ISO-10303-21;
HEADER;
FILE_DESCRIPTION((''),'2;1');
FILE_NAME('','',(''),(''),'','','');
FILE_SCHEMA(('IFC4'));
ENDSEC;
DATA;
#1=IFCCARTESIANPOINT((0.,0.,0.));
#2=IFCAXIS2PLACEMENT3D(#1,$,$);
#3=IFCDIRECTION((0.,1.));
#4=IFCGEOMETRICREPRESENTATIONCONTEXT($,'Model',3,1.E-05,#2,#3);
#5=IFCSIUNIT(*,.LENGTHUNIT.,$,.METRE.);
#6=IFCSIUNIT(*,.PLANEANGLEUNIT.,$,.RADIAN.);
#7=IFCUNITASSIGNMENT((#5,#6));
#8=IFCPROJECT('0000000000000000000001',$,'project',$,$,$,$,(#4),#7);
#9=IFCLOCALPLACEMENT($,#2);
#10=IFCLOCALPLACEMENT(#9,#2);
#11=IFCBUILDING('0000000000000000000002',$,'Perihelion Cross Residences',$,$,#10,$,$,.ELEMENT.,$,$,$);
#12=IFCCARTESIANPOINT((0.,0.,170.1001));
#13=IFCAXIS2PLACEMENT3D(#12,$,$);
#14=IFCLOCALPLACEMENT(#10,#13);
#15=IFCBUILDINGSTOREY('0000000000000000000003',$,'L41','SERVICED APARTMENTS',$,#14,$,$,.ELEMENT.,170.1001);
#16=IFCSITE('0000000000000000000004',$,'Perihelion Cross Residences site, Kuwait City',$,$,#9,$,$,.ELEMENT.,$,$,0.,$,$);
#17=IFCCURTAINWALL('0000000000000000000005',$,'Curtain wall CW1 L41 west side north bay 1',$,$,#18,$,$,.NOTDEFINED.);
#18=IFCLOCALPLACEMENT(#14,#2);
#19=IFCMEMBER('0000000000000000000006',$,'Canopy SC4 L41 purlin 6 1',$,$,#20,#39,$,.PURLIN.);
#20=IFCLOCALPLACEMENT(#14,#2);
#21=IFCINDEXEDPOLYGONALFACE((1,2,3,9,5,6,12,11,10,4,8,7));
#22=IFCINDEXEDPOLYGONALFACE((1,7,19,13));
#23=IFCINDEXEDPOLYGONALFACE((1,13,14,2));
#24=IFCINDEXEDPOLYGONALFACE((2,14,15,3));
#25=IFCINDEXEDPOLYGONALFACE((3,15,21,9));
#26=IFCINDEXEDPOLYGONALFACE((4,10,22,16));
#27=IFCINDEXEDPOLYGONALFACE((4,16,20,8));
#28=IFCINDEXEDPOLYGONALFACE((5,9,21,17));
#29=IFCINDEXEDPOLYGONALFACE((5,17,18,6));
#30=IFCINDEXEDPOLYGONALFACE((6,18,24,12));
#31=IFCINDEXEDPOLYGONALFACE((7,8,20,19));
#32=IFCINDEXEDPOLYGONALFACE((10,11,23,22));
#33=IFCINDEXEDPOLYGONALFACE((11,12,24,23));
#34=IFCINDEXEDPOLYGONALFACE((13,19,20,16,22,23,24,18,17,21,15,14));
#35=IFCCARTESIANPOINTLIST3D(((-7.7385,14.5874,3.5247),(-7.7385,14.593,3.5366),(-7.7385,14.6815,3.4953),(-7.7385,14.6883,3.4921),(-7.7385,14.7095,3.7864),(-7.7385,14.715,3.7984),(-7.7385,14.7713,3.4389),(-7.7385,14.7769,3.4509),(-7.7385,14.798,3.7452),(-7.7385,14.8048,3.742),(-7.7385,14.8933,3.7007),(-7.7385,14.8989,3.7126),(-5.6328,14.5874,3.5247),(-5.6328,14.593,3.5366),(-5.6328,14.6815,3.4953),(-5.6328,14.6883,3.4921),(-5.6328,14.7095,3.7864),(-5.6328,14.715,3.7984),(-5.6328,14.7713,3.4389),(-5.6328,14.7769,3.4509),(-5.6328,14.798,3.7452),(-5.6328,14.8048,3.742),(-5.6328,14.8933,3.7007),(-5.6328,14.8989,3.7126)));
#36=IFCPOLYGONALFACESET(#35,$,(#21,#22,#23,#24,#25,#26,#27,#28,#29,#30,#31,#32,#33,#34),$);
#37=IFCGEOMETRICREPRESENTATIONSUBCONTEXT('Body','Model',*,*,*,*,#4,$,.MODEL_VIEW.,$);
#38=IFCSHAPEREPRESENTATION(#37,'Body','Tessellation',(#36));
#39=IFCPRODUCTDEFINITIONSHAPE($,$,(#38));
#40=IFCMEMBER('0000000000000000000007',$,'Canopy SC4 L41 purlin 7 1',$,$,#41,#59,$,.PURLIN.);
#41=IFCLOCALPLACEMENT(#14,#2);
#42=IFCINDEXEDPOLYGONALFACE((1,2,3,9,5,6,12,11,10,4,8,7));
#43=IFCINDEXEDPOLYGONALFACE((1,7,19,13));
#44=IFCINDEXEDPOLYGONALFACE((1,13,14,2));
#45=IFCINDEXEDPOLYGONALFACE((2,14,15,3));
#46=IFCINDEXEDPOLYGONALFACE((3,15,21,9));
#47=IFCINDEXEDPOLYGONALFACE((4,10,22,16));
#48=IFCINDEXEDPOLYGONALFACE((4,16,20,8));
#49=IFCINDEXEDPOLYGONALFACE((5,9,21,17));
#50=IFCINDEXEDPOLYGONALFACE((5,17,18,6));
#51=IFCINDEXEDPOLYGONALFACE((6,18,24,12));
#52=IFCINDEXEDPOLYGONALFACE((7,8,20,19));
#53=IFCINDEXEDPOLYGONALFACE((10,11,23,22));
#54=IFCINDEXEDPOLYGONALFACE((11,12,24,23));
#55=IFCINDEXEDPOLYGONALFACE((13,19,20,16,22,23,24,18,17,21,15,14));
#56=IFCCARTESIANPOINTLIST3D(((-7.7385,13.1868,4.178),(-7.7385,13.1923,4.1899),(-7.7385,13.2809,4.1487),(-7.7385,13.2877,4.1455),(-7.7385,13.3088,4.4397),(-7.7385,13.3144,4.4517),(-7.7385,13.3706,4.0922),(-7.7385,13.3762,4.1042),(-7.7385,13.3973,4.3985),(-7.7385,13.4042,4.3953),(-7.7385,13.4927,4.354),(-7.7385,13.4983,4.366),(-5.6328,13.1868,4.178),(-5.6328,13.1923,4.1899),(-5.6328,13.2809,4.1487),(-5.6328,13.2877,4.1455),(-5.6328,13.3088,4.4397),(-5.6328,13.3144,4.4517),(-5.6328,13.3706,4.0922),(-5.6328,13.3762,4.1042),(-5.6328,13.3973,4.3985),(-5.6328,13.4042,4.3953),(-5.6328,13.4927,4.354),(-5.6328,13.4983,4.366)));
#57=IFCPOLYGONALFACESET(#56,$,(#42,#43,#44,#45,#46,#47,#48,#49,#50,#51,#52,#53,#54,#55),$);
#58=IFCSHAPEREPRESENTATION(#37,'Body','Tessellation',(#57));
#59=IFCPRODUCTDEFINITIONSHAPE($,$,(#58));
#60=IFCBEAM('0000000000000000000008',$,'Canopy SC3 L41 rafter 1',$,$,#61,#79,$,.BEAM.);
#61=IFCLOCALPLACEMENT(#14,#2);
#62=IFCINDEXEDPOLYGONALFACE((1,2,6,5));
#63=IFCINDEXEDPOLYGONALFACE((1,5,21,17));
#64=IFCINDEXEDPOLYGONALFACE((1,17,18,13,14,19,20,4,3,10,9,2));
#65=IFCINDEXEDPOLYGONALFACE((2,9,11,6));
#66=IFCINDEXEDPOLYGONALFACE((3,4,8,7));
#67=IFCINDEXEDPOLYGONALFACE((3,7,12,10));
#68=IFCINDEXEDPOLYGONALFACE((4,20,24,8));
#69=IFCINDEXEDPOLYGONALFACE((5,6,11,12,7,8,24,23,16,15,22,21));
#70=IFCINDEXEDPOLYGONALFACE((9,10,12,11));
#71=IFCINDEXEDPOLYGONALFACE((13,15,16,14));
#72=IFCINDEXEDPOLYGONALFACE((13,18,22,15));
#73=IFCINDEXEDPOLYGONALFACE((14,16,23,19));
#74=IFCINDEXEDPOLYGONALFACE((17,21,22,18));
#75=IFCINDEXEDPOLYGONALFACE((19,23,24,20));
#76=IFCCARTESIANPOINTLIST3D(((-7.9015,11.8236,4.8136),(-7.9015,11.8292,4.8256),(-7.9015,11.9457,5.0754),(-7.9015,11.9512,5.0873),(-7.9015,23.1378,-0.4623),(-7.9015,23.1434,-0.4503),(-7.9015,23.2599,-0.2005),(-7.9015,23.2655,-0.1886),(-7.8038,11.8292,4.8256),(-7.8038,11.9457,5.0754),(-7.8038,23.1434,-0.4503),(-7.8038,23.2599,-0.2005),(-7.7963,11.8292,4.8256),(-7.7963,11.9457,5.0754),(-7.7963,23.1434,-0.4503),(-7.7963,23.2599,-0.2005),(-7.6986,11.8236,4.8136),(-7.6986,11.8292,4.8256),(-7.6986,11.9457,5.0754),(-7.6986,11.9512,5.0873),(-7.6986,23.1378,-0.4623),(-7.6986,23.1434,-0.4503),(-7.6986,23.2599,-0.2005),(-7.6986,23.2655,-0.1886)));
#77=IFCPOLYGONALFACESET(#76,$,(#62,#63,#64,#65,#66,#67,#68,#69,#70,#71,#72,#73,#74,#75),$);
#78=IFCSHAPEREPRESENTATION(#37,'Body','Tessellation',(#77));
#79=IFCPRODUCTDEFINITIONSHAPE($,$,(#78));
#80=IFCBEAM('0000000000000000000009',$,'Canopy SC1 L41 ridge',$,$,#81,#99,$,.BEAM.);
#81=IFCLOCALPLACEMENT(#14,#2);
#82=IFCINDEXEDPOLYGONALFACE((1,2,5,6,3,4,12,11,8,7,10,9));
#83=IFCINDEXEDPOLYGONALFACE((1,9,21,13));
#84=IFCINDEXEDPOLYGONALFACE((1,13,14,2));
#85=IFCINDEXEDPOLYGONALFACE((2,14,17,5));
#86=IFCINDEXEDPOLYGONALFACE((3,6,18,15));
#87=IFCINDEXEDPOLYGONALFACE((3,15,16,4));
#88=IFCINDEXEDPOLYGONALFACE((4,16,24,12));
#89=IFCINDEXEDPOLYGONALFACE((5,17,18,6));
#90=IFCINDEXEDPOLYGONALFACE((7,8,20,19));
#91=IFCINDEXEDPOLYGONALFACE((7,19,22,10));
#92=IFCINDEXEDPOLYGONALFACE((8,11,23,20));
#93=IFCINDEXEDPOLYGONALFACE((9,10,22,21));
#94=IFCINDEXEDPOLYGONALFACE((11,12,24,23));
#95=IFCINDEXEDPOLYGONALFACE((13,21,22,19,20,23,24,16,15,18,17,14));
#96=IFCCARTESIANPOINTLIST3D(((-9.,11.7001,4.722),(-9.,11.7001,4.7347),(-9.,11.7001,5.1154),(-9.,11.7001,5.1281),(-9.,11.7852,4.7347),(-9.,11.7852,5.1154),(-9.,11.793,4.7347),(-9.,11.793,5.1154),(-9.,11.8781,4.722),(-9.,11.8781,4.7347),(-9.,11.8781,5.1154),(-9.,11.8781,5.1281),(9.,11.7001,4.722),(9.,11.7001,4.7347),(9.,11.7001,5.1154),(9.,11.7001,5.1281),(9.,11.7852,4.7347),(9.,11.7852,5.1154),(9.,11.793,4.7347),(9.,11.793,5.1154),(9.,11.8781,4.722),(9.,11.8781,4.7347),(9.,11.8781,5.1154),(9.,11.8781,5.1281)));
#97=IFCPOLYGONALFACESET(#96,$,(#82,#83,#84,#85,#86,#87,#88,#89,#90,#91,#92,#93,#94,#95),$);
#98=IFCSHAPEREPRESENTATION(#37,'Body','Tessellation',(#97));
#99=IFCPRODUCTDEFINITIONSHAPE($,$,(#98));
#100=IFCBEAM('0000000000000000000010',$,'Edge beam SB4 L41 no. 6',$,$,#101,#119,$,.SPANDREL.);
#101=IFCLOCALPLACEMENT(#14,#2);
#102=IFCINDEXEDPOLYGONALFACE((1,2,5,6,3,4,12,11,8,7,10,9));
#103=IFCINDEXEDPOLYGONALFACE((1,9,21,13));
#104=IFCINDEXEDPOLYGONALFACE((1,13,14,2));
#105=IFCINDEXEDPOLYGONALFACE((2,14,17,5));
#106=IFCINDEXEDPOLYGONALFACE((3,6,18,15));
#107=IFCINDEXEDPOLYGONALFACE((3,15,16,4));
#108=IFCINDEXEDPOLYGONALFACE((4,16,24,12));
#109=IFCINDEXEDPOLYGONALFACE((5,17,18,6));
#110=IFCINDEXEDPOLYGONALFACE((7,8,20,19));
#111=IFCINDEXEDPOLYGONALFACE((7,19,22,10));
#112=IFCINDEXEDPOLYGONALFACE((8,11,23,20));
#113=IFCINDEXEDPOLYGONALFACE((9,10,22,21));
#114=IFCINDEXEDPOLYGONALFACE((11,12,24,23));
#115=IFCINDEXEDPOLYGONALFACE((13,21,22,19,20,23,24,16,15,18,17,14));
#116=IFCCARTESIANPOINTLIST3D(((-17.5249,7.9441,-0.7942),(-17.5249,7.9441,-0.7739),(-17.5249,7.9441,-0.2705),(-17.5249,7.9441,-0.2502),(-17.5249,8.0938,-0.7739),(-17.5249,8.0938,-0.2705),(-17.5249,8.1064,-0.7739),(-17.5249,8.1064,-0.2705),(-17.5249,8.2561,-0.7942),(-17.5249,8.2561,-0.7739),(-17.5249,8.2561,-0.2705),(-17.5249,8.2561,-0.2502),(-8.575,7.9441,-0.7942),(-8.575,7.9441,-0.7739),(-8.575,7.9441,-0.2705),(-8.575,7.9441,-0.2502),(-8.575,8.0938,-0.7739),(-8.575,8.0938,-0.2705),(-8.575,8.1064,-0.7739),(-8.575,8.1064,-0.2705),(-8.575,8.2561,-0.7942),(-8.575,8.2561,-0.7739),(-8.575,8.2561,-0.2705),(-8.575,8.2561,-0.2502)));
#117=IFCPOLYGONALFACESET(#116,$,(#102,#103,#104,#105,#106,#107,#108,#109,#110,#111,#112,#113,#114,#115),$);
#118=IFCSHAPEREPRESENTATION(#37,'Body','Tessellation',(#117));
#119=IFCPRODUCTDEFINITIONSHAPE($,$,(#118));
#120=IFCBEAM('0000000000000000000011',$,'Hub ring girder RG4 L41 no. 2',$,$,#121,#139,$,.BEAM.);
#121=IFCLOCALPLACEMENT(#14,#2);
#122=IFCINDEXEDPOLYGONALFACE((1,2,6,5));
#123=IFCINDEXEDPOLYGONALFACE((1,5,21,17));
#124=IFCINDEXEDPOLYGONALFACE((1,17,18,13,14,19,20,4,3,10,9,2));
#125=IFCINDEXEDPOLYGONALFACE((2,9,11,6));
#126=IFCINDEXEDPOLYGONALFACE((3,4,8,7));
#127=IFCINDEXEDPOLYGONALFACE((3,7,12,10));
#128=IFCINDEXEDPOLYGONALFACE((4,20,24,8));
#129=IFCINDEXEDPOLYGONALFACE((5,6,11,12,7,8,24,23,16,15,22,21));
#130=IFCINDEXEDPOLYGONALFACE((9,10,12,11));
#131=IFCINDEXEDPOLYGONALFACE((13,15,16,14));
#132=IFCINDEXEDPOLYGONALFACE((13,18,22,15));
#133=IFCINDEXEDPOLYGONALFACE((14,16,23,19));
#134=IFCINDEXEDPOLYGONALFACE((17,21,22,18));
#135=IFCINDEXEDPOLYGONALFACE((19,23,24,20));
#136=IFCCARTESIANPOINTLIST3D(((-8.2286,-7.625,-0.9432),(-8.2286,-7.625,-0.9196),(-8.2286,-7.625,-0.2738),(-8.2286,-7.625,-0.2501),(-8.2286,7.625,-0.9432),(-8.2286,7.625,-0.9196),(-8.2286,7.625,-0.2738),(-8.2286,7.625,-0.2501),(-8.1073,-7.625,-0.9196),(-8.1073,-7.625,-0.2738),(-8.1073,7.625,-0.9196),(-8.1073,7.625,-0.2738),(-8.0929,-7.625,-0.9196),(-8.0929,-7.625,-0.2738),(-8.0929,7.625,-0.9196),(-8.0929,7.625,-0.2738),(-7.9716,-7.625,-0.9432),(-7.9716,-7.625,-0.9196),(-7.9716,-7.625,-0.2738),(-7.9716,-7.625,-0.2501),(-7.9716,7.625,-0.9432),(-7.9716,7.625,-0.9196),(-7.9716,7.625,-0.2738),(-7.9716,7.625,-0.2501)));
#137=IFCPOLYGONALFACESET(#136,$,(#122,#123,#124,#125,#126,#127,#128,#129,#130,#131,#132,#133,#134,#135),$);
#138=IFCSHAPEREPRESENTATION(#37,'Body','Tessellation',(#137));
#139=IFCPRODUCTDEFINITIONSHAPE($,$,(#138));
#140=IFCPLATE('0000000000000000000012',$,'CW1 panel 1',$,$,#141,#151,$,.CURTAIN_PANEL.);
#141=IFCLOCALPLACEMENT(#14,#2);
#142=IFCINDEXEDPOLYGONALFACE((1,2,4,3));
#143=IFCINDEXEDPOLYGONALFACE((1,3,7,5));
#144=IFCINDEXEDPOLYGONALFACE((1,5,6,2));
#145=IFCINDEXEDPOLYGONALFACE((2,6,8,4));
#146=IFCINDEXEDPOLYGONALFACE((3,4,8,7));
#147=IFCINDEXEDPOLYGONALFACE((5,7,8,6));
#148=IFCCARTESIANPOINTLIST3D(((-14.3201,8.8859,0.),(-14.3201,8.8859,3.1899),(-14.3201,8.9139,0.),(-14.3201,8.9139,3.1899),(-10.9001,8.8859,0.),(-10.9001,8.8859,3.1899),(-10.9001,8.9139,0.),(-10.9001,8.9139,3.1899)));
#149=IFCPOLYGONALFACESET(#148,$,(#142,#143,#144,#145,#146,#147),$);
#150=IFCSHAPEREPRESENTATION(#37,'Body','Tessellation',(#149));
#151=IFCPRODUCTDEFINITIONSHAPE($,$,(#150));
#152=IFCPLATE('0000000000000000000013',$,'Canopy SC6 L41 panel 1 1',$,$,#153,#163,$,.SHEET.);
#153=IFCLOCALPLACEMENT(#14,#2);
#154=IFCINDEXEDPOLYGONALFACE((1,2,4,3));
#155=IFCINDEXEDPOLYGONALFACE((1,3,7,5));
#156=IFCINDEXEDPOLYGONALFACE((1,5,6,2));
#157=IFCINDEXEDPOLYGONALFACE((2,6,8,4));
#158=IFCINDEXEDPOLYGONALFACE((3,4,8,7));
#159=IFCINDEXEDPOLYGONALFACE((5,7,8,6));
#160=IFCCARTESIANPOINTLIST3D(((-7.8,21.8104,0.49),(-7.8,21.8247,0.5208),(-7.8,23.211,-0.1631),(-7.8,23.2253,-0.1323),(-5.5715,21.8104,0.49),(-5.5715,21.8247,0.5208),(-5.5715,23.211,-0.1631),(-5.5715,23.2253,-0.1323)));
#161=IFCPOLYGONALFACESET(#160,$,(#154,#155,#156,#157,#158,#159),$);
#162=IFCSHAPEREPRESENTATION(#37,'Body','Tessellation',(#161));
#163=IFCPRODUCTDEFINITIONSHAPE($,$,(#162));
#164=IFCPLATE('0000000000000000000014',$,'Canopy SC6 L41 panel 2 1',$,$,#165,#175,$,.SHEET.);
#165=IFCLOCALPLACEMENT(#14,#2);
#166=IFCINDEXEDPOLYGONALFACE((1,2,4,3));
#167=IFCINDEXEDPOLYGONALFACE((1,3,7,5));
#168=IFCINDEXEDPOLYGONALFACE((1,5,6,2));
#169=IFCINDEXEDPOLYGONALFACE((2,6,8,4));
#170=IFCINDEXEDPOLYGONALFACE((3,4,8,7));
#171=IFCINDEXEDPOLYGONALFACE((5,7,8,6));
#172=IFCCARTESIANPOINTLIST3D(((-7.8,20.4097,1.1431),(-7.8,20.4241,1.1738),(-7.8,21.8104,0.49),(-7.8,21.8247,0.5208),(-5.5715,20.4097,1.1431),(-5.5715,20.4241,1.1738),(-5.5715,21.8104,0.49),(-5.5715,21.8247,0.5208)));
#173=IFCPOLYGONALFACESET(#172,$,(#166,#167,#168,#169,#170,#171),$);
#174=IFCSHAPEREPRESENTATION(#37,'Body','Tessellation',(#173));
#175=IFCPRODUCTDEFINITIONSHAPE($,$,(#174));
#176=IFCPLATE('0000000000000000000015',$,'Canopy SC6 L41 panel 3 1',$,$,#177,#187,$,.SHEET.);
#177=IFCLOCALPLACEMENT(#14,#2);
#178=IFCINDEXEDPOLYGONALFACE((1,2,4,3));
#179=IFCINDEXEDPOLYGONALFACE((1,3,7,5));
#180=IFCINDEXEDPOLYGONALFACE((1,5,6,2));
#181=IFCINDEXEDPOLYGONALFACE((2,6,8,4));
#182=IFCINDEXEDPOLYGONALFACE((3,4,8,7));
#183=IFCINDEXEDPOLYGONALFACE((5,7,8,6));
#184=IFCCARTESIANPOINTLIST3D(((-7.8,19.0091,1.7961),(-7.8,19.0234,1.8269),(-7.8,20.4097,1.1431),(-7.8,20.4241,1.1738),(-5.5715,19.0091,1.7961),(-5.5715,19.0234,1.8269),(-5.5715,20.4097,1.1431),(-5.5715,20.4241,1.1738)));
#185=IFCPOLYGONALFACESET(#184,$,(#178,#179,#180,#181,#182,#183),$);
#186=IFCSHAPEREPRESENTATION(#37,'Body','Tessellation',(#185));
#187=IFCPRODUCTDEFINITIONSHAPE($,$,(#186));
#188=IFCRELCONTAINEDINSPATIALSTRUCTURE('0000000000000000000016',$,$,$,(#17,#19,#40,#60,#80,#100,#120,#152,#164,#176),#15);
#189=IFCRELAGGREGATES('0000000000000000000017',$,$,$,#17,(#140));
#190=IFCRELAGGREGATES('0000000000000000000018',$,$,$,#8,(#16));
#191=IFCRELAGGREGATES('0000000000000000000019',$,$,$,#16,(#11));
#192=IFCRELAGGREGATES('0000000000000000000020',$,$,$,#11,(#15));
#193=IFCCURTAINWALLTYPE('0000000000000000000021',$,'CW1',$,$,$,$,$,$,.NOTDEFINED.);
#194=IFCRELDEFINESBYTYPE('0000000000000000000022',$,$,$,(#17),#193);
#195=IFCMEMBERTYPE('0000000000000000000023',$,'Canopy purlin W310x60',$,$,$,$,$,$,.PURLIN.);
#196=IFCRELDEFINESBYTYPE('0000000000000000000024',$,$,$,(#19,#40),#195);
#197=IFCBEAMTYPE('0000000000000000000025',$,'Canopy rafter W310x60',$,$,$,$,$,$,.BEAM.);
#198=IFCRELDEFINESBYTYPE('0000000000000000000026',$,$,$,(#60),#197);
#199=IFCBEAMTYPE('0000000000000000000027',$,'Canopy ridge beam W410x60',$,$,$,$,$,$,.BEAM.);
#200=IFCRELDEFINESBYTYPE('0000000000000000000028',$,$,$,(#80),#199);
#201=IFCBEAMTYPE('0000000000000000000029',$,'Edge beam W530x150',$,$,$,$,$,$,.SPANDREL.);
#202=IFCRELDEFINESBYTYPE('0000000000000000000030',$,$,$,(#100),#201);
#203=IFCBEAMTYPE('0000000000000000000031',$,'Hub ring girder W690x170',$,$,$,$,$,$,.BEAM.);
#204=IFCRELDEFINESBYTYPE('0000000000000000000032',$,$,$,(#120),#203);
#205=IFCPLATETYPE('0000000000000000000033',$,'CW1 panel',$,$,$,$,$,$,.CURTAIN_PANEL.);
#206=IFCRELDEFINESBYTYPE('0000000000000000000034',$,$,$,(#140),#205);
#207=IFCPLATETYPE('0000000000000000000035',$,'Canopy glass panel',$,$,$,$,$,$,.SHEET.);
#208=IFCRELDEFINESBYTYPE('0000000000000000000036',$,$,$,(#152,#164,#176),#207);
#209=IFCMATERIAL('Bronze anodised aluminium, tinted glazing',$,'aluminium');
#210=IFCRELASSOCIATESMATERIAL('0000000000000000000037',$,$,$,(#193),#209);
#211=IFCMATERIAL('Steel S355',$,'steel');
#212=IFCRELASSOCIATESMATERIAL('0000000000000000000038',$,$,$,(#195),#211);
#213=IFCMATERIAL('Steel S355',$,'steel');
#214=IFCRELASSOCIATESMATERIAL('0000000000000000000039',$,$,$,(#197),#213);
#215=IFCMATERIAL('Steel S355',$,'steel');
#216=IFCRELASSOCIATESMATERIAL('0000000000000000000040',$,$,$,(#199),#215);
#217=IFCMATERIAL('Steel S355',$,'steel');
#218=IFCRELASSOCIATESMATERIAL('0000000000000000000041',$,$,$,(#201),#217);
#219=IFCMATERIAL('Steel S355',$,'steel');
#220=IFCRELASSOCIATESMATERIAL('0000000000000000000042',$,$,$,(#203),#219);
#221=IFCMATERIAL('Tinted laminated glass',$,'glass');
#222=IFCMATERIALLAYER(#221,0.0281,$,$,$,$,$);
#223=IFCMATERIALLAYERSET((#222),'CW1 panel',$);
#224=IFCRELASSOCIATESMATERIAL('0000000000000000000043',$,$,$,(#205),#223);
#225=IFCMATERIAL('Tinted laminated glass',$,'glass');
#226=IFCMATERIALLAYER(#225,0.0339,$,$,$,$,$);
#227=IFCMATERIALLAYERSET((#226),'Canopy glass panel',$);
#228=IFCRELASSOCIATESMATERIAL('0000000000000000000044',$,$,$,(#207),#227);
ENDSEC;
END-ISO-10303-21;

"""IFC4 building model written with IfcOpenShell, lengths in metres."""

from ifc_helpers import new_model, si_unit, direction, frame, origin, origin_2d, place, context, subcontext, project, spatial, polyline, rectangle, i_section, outline, extrude, material, layer, layer_set, material_profile, profile_set, type_object, element, aggregate, save


model = new_model("IFC4")

# Units and contexts
model_context = context("Model", 3, precision=1e-05, world=origin(), true_north=direction((0.0, 1.0)))
body_context = subcontext(model_context, "Body", "Model", "MODEL_VIEW")
ifc_project = project(units=[si_unit("LENGTHUNIT", "METRE"), si_unit("PLANEANGLEUNIT", "RADIAN")], contexts=[model_context])

# Site, building, storey
site_placement = place(None, origin())
site = spatial("IfcSite", under=ifc_project, at=site_placement, Name="Perihelion Cross Residences site, Kuwait City", CompositionType="ELEMENT", RefElevation=0.0)
building_placement = place(site_placement, origin())
building = spatial("IfcBuilding", under=site, at=building_placement, Name="Perihelion Cross Residences", CompositionType="ELEMENT")
storey_placement = place(building_placement, frame((0.0, 0.0, 170.1001)))
storey = spatial("IfcBuildingStorey", under=building, at=storey_placement, Name="L41", Description="SERVICED APARTMENTS", CompositionType="ELEMENT", Elevation=170.1001)

# Curtain wall
ifc_material_1 = material(Name="Bronze anodised aluminium, tinted glazing", Category="aluminium")
curtain_wall_type = type_object("IfcCurtainWallType", Name="CW1", PredefinedType="NOTDEFINED", material=ifc_material_1)
curtain_wall_placement = place(storey_placement, origin())
curtain_wall = element("IfcCurtainWall", 1, at=curtain_wall_placement, inside=storey, type_object=curtain_wall_type, Name="Curtain wall CW1 L41 west side north bay 1", PredefinedType="NOTDEFINED")

# Members
ifc_material_2 = material(Name="Steel S355", Category="steel")
ifc_material_profile_1 = material_profile(ifc_material_2, i_section(OverallWidth=0.2029, OverallDepth=0.302, WebThickness=0.0076, FlangeThickness=0.0132, at=origin_2d()), Name="W310x60")
ifc_profile_set_1 = profile_set([ifc_material_profile_1], Name="Steel S355")
member_type_1 = type_object("IfcMemberType", Name="Canopy purlin W310x60", PredefinedType="PURLIN", material=ifc_profile_set_1)
for number, where, z_axis, x_axis, name in (
    (2, (-7.7385, 14.7432, 3.6187), (1.0, 0.0, 0.0), (0.0, 0.906308, -0.422618), "Canopy SC4 L41 purlin 6 1"),
    (3, (-7.7385, 13.3425, 4.272), (1.0, 0.0, 0.0), (0.0, 0.906308, -0.422618), "Canopy SC4 L41 purlin 7 1"),
):
    element("IfcMember", number, at=place(storey_placement, frame(where, z_axis=z_axis, x_axis=x_axis)), inside=storey, type_object=member_type_1, Name=name, PredefinedType="PURLIN", context=body_context, shape_type="SweptSolid", body=[
        extrude(i_section(OverallWidth=0.2029, OverallDepth=0.302, WebThickness=0.0076, FlangeThickness=0.0132, at=origin_2d()), origin(), (0.0, 0.0, 1.0), 2.1057),
    ])

# Beams
ifc_material_3 = material(Name="Steel S355", Category="steel")
ifc_material_profile_2 = material_profile(ifc_material_3, i_section(OverallWidth=0.2029, OverallDepth=0.302, WebThickness=0.0076, FlangeThickness=0.0132, at=origin_2d()), Name="W310x60")
ifc_profile_set_2 = profile_set([ifc_material_profile_2], Name="Steel S355")
beam_type_1 = type_object("IfcBeamType", Name="Canopy rafter W310x60", PredefinedType="BEAM", material=ifc_profile_set_2)
beam_1_placement = place(storey_placement, frame((-7.8, 23.2017, -0.3254), z_axis=(0.0, -0.906309, 0.422617), x_axis=(1.0, 0.0, 0.0)))
element("IfcBeam", 4, at=beam_1_placement, inside=storey, type_object=beam_type_1, Name="Canopy SC3 L41 rafter 1", PredefinedType="BEAM", context=body_context, shape_type="SweptSolid", body=[
    extrude(i_section(OverallWidth=0.2029, OverallDepth=0.302, WebThickness=0.0076, FlangeThickness=0.0132, at=origin_2d()), origin(), (0.0, 0.0, 1.0), 12.4839),
])
ifc_material_4 = material(Name="Steel S355", Category="steel")
ifc_material_profile_3 = material_profile(ifc_material_4, i_section(OverallWidth=0.178, OverallDepth=0.406, WebThickness=0.0078, FlangeThickness=0.0127, at=origin_2d()), Name="W410x60")
ifc_profile_set_3 = profile_set([ifc_material_profile_3], Name="Steel S355")
beam_type_2 = type_object("IfcBeamType", Name="Canopy ridge beam W410x60", PredefinedType="BEAM", material=ifc_profile_set_3)
beam_2_placement = place(storey_placement, frame((-9.0, 11.7891, 4.925), z_axis=(1.0, 0.0, 0.0), x_axis=(0.0, 1.0, 0.0)))
element("IfcBeam", 5, at=beam_2_placement, inside=storey, type_object=beam_type_2, Name="Canopy SC1 L41 ridge", PredefinedType="BEAM", context=body_context, shape_type="SweptSolid", body=[
    extrude(i_section(OverallWidth=0.178, OverallDepth=0.406, WebThickness=0.0078, FlangeThickness=0.0127, at=origin_2d()), origin(), (0.0, 0.0, 1.0), 18.0),
])
ifc_material_5 = material(Name="Steel S355", Category="steel")
ifc_material_profile_4 = material_profile(ifc_material_5, i_section(OverallWidth=0.312, OverallDepth=0.5439, WebThickness=0.0127, FlangeThickness=0.0203, at=origin_2d()), Name="W530x150")
ifc_profile_set_4 = profile_set([ifc_material_profile_4], Name="Steel S355")
beam_type_3 = type_object("IfcBeamType", Name="Edge beam W530x150", PredefinedType="SPANDREL", material=ifc_profile_set_4)
beam_3_placement = place(storey_placement, frame((-8.575, 8.1001, -0.5222), z_axis=(-1.0, 0.0, 0.0), x_axis=(0.0, -1.0, 0.0)))
element("IfcBeam", 6, at=beam_3_placement, inside=storey, type_object=beam_type_3, Name="Edge beam SB4 L41 no. 6", PredefinedType="SPANDREL", context=body_context, shape_type="SweptSolid", body=[
    extrude(i_section(OverallWidth=0.312, OverallDepth=0.5439, WebThickness=0.0127, FlangeThickness=0.0203, at=origin_2d()), origin(), (0.0, 0.0, 1.0), 8.95),
])
ifc_material_6 = material(Name="Steel S355", Category="steel")
ifc_material_profile_5 = material_profile(ifc_material_6, i_section(OverallWidth=0.2571, OverallDepth=0.6931, WebThickness=0.0144, FlangeThickness=0.0237, at=origin_2d()), Name="W690x170")
ifc_profile_set_5 = profile_set([ifc_material_profile_5], Name="Steel S355")
beam_type_4 = type_object("IfcBeamType", Name="Hub ring girder W690x170", PredefinedType="BEAM", material=ifc_profile_set_5)
beam_4_placement = place(storey_placement, frame((-8.1001, 7.625, -0.5967), z_axis=(0.0, -1.0, 0.0), x_axis=(1.0, 0.0, 0.0)))
element("IfcBeam", 7, at=beam_4_placement, inside=storey, type_object=beam_type_4, Name="Hub ring girder RG4 L41 no. 2", PredefinedType="BEAM", context=body_context, shape_type="SweptSolid", body=[
    extrude(i_section(OverallWidth=0.2571, OverallDepth=0.6931, WebThickness=0.0144, FlangeThickness=0.0237, at=origin_2d()), origin(), (0.0, 0.0, 1.0), 15.25),
])

# Plate
ifc_material_7 = material(Name="Tinted laminated glass", Category="glass")
ifc_layer_1 = layer(ifc_material_7, 0.0281)
ifc_layer_set_1 = layer_set([ifc_layer_1], Name="CW1 panel")
plate_type_1 = type_object("IfcPlateType", Name="CW1 panel", PredefinedType="CURTAIN_PANEL", material=ifc_layer_set_1)
plate_1_placement = place(storey_placement, frame((-12.6101, 8.8999, 0.0), z_axis=(0.0, 0.0, 1.0), x_axis=(-1.0, 0.0, 0.0)))
plate_1 = element("IfcPlate", 8, at=plate_1_placement, type_object=plate_type_1, Name="CW1 panel 1", PredefinedType="CURTAIN_PANEL", context=body_context, shape_type="SweptSolid", body=[
    extrude(rectangle(XDim=3.4199, YDim=0.0281, at=origin_2d()), origin(), (0.0, 0.0, 1.0), 3.1899),
])
aggregate(curtain_wall, [plate_1])

# Plates
ifc_material_8 = material(Name="Tinted laminated glass", Category="glass")
ifc_layer_2 = layer(ifc_material_8, 0.0339)
ifc_layer_set_2 = layer_set([ifc_layer_2], Name="Canopy glass panel")
plate_type_2 = type_object("IfcPlateType", Name="Canopy glass panel", PredefinedType="SHEET", material=ifc_layer_set_2)
for number, where, z_axis, x_axis, name in (
    (9, (-7.8, 23.2253, -0.1323), (0.0, 0.422591, 0.90632), (1.0, 0.0, 0.0), "Canopy SC6 L41 panel 1 1"),
    (10, (-7.8, 21.8247, 0.5208), (0.0, 0.422591, 0.90632), (1.0, 0.0, 0.0), "Canopy SC6 L41 panel 2 1"),
    (11, (-7.8, 20.4241, 1.1738), (0.0, 0.422591, 0.90632), (1.0, 0.0, 0.0), "Canopy SC6 L41 panel 3 1"),
):
    element("IfcPlate", number, at=place(storey_placement, frame(where, z_axis=z_axis, x_axis=x_axis)), inside=storey, type_object=plate_type_2, Name=name, PredefinedType="SHEET", context=body_context, shape_type="SweptSolid", body=[
        extrude(outline(polyline([(0.0, 0.0), (2.2285, 0.0), (2.2285, -1.5454), (0.0, -1.5454), (0.0, 0.0)])), origin(), (0.0, 0.0, -1.0), 0.0339),
    ])

save(model, "model.ifc")
